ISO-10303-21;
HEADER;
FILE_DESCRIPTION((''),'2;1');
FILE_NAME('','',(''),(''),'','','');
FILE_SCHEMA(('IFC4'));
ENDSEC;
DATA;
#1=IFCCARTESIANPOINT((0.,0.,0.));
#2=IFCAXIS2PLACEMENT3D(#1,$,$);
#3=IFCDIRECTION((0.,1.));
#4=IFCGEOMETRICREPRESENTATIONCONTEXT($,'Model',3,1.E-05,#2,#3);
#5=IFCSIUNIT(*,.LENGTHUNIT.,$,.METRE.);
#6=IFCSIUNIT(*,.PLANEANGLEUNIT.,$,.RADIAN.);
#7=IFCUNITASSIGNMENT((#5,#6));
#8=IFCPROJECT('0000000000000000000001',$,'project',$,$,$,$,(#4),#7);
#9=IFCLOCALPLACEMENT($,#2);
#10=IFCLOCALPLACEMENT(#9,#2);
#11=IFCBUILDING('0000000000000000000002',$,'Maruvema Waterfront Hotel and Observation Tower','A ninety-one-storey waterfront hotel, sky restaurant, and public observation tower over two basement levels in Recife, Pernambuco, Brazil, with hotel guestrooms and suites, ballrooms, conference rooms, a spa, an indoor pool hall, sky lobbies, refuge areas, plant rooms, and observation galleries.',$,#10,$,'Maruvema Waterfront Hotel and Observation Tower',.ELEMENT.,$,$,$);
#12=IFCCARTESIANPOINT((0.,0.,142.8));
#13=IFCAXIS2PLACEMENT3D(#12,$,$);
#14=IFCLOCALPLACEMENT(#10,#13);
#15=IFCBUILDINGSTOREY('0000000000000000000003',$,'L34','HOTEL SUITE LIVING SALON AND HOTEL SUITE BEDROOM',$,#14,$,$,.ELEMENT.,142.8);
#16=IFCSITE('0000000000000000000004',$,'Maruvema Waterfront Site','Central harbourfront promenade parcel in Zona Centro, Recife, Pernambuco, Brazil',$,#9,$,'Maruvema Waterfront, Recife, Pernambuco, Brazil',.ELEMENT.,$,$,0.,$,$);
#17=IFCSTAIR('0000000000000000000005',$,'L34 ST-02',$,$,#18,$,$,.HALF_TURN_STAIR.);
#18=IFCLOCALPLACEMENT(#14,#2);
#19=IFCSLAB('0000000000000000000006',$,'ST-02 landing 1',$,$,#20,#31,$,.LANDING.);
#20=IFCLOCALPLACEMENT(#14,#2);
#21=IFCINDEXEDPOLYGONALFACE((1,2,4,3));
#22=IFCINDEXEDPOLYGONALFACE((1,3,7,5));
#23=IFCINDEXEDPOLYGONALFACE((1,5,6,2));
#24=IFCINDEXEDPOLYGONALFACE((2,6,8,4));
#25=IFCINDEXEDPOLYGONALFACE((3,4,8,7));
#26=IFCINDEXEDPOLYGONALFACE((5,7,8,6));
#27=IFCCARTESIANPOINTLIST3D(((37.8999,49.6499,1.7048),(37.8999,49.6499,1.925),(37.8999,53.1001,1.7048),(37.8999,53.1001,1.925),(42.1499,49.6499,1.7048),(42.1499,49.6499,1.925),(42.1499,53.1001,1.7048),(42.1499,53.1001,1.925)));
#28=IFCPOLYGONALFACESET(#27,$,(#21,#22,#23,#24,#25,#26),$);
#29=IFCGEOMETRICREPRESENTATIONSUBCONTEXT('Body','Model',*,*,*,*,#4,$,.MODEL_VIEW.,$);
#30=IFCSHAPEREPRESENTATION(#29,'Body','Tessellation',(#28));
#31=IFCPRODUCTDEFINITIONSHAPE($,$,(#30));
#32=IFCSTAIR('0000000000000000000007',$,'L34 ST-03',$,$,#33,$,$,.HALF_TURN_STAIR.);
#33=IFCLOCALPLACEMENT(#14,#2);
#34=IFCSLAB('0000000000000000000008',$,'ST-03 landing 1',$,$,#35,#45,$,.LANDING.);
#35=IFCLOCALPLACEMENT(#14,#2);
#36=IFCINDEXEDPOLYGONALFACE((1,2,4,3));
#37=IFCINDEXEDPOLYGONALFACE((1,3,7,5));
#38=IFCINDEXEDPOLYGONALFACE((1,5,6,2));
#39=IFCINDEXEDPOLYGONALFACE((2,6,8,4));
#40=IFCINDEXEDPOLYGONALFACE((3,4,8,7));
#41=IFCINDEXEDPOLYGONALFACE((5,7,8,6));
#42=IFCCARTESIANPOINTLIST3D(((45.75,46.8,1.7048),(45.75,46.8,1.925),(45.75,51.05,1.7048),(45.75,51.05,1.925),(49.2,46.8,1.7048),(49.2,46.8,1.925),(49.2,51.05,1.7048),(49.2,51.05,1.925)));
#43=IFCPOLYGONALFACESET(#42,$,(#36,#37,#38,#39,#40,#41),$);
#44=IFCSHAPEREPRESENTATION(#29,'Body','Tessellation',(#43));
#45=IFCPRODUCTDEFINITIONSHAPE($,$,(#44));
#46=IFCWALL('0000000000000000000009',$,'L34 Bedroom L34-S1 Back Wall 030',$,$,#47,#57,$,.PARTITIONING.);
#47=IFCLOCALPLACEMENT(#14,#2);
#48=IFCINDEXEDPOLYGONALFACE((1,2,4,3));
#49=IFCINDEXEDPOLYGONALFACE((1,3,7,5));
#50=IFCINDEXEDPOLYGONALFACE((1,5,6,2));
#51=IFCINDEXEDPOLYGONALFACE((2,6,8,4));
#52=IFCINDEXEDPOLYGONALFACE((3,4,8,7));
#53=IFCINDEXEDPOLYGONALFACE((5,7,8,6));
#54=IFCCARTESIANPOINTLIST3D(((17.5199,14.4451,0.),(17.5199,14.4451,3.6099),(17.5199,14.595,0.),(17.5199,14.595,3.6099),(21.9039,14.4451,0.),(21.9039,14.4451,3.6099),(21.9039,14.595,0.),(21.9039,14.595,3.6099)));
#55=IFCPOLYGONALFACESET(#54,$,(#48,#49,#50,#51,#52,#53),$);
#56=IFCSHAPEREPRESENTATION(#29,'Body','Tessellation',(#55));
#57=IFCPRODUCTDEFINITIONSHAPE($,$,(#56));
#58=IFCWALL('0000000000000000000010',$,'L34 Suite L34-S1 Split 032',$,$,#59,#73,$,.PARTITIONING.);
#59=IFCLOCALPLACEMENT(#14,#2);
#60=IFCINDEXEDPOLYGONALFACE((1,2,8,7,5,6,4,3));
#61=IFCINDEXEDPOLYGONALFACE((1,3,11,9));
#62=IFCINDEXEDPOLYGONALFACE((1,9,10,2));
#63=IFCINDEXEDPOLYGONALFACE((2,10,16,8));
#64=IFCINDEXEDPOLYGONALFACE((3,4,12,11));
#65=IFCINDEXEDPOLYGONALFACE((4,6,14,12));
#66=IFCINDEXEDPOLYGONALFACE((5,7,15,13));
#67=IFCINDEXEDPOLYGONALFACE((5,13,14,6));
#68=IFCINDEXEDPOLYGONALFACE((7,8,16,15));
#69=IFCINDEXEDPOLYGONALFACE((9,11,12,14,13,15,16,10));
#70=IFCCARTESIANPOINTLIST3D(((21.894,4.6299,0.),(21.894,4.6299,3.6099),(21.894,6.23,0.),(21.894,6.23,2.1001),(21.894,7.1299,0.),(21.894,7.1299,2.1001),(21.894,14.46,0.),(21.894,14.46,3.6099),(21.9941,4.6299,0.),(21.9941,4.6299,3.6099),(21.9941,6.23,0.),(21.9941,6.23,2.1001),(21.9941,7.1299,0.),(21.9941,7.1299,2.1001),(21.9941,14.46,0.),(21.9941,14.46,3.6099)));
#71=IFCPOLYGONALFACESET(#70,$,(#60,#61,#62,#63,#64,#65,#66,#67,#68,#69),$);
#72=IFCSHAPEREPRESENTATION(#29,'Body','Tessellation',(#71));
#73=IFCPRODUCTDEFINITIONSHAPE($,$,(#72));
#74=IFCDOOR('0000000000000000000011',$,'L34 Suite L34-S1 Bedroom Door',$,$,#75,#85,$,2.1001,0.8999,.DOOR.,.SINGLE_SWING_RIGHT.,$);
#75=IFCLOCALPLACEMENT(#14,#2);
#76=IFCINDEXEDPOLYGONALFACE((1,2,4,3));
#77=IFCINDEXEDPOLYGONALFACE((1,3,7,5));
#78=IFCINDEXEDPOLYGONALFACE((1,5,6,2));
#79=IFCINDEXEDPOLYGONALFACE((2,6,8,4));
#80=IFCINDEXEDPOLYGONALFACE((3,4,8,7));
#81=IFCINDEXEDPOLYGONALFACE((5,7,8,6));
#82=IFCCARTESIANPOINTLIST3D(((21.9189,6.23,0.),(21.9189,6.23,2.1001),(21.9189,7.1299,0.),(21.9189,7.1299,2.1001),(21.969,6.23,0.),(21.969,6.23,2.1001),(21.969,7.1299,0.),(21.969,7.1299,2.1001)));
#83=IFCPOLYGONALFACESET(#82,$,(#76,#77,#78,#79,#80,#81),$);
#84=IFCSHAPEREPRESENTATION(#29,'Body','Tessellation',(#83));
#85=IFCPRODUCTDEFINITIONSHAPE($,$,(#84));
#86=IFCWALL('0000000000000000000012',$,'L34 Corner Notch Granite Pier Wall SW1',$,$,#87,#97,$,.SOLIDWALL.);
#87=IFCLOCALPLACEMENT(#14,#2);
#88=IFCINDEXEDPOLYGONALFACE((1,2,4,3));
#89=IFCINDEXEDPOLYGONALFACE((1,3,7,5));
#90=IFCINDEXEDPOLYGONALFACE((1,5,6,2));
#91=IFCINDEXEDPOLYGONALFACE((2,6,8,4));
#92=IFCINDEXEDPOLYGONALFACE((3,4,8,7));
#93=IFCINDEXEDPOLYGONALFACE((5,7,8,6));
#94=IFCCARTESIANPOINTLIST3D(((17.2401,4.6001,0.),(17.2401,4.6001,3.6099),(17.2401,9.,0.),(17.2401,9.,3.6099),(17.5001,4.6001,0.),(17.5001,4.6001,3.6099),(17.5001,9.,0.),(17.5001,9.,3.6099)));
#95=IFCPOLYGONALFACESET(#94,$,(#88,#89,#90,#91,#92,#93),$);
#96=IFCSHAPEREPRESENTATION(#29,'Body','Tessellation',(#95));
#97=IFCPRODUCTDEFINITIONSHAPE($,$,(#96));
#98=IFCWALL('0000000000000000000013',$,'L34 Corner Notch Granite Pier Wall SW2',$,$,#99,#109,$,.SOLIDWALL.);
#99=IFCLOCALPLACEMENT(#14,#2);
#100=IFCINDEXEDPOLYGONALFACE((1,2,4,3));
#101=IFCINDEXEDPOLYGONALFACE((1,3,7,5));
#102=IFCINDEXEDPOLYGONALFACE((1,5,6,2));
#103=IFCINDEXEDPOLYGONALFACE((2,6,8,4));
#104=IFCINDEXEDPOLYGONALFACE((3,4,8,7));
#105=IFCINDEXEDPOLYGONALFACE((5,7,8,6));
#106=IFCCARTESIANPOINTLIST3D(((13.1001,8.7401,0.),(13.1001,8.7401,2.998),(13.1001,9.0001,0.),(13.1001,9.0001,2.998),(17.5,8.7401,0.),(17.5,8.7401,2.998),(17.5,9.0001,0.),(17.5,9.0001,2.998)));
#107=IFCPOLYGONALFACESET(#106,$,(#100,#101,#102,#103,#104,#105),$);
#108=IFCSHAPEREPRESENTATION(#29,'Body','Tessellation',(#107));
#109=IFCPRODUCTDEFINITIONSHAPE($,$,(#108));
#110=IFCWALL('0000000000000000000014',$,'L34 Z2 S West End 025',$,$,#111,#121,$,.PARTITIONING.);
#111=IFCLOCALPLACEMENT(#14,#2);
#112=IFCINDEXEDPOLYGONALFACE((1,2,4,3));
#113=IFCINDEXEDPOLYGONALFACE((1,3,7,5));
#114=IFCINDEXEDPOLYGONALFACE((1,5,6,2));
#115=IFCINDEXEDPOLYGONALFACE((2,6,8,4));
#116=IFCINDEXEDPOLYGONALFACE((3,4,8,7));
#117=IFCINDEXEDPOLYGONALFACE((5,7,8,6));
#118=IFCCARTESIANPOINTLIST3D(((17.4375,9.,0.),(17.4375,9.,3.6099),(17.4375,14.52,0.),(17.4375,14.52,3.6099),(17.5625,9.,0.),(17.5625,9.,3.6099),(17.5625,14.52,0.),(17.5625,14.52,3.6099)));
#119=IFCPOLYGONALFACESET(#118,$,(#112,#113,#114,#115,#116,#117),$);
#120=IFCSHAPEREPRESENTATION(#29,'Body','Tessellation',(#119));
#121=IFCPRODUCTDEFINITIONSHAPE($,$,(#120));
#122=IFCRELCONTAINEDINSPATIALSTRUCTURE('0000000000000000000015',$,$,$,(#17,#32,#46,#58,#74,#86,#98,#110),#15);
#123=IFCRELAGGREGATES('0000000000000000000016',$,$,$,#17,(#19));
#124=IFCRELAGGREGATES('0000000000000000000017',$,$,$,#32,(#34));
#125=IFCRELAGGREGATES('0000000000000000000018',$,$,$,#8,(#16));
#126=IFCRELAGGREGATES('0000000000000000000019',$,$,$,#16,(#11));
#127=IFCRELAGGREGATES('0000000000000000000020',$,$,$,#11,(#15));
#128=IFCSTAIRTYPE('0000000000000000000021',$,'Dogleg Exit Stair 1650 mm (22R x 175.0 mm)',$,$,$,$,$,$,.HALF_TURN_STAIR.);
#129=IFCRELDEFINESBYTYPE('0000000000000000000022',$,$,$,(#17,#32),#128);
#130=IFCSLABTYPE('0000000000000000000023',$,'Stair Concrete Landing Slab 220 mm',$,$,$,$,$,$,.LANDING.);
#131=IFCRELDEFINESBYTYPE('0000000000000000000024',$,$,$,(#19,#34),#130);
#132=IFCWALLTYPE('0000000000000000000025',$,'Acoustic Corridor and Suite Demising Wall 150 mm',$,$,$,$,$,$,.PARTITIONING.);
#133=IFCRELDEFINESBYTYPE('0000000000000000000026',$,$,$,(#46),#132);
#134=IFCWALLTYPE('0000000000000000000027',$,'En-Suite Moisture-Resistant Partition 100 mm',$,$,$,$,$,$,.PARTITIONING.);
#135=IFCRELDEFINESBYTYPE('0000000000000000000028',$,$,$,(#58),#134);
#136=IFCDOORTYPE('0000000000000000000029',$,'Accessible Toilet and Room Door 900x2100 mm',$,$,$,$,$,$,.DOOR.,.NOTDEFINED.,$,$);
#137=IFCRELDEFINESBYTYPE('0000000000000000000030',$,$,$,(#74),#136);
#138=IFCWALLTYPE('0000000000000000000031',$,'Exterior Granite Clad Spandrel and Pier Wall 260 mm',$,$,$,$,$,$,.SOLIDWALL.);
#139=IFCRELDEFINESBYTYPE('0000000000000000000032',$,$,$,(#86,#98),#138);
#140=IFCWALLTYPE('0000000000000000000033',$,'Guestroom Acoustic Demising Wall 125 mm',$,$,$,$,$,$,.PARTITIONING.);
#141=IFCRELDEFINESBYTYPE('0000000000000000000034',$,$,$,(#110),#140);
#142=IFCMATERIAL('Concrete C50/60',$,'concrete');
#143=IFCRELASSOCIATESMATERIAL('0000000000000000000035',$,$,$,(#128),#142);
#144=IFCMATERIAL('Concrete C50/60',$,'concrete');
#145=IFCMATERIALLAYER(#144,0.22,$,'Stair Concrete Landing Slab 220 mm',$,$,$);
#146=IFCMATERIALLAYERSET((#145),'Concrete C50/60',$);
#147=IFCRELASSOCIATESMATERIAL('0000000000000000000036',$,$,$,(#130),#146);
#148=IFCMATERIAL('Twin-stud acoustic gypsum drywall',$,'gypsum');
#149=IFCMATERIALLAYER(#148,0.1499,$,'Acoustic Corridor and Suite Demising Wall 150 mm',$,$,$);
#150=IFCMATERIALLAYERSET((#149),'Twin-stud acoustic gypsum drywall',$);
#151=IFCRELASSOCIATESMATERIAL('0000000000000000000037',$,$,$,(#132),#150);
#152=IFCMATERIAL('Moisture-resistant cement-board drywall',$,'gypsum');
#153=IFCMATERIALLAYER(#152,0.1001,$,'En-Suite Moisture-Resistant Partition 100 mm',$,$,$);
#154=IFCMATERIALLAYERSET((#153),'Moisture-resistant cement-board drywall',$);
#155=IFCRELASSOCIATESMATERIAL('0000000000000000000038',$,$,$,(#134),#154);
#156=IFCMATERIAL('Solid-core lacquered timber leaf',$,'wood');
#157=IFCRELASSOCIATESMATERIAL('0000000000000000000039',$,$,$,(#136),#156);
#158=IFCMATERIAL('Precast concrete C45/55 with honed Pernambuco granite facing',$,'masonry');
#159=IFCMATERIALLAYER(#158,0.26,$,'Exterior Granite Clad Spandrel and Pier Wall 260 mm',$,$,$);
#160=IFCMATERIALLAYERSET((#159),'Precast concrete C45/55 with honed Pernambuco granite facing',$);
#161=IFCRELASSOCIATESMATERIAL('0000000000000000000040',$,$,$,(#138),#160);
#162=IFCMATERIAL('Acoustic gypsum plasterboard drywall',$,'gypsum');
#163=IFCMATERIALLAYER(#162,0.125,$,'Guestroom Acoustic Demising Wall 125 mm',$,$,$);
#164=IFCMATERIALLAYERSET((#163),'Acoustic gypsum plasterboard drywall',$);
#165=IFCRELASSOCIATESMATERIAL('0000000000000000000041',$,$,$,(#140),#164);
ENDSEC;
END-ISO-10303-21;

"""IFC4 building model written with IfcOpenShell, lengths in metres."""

from ifc_helpers import new_model, si_unit, direction, frame, frame_2d, origin, place, context, subcontext, project, spatial, polyline, rectangle, outline, extrude, material, layer, layer_set, type_object, element, fill, aggregate, save


model = new_model("IFC4")

# Units and contexts
model_context = context("Model", 3, precision=1e-05, world=origin(), true_north=direction((0.0, 1.0)))
body_context = subcontext(model_context, "Body", "Model", "MODEL_VIEW")
ifc_project = project(units=[si_unit("LENGTHUNIT", "METRE"), si_unit("PLANEANGLEUNIT", "RADIAN")], contexts=[model_context])

# Site, building, storey
site_placement = place(None, origin())
site = spatial("IfcSite", under=ifc_project, at=site_placement, Name="Maruvema Waterfront Site", Description="Central harbourfront promenade parcel in Zona Centro, Recife, Pernambuco, Brazil", LongName="Maruvema Waterfront, Recife, Pernambuco, Brazil", CompositionType="ELEMENT", RefElevation=0.0)
building_placement = place(site_placement, origin())
building = spatial("IfcBuilding", under=site, at=building_placement, Name="Maruvema Waterfront Hotel and Observation Tower", Description="A ninety-one-storey waterfront hotel, sky restaurant, and public observation tower over two basement levels in Recife, Pernambuco, Brazil, with hotel guestrooms and suites, ballrooms, conference rooms, a spa, an indoor pool hall, sky lobbies, refuge areas, plant rooms, and observation galleries.", LongName="Maruvema Waterfront Hotel and Observation Tower", CompositionType="ELEMENT")
storey_placement = place(building_placement, frame((0.0, 0.0, 142.8)))
storey = spatial("IfcBuildingStorey", under=building, at=storey_placement, Name="L34", Description="HOTEL SUITE LIVING SALON AND HOTEL SUITE BEDROOM", CompositionType="ELEMENT", Elevation=142.8)

# Stairs, slabs
ifc_material_1 = material(Name="Concrete C50/60", Category="concrete")
stair_type = type_object("IfcStairType", Name="Dogleg Exit Stair 1650 mm (22R x 175.0 mm)", PredefinedType="HALF_TURN_STAIR", material=ifc_material_1)
ifc_material_2 = material(Name="Concrete C50/60", Category="concrete")
ifc_layer_1 = layer(ifc_material_2, 0.22, Name="Stair Concrete Landing Slab 220 mm")
ifc_layer_set_1 = layer_set([ifc_layer_1], Name="Concrete C50/60")
slab_type_1 = type_object("IfcSlabType", Name="Stair Concrete Landing Slab 220 mm", PredefinedType="LANDING", material=ifc_layer_set_1)
stair_1_placement = place(storey_placement, origin())
stair_1 = element("IfcStair", 1, at=stair_1_placement, inside=storey, type_object=stair_type, Name="L34 ST-02", PredefinedType="HALF_TURN_STAIR")
slab_1_placement = place(storey_placement, frame((0.0, 0.0, 1.7048)))
slab_1 = element("IfcSlab", 2, at=slab_1_placement, type_object=slab_type_1, Name="ST-02 landing 1", PredefinedType="LANDING", context=body_context, shape_type="SweptSolid", body=[
    extrude(outline(polyline([(37.8999, 49.6499), (42.1499, 49.6499), (42.1499, 53.1001), (37.8999, 53.1001), (37.8999, 49.6499)])), origin(), (0.0, 0.0, 1.0), 0.2202),
])
aggregate(stair_1, [slab_1])
stair_2_placement = place(storey_placement, origin())
stair_2 = element("IfcStair", 3, at=stair_2_placement, inside=storey, type_object=stair_type, Name="L34 ST-03", PredefinedType="HALF_TURN_STAIR")
slab_2_placement = place(storey_placement, frame((0.0, 0.0, 1.7048)))
slab_2 = element("IfcSlab", 4, at=slab_2_placement, type_object=slab_type_1, Name="ST-03 landing 1", PredefinedType="LANDING", context=body_context, shape_type="SweptSolid", body=[
    extrude(outline(polyline([(49.2, 46.8), (49.2, 51.05), (45.75, 51.05), (45.75, 46.8), (49.2, 46.8)])), origin(), (0.0, 0.0, 1.0), 0.2202),
])
aggregate(stair_2, [slab_2])

# Wall
ifc_material_3 = material(Name="Twin-stud acoustic gypsum drywall", Category="gypsum")
ifc_layer_2 = layer(ifc_material_3, 0.1499, Name="Acoustic Corridor and Suite Demising Wall 150 mm")
ifc_layer_set_2 = layer_set([ifc_layer_2], Name="Twin-stud acoustic gypsum drywall")
wall_type_1 = type_object("IfcWallType", Name="Acoustic Corridor and Suite Demising Wall 150 mm", PredefinedType="PARTITIONING", material=ifc_layer_set_2)
wall_1_placement = place(storey_placement, frame((17.52, 14.52, 0.0), z_axis=(0.0, 0.0, 1.0), x_axis=(1.0, 0.0, 0.0)))
element("IfcWall", 5, at=wall_1_placement, inside=storey, type_object=wall_type_1, Name="L34 Bedroom L34-S1 Back Wall 030", PredefinedType="PARTITIONING", context=body_context, shape_type="SweptSolid", body=[
    extrude(rectangle(XDim=4.384, YDim=0.1499, at=frame_2d((2.1919, 0.0))), origin(), (0.0, 0.0, 1.0), 3.6099),
])

# Wall, opening, door
ifc_material_4 = material(Name="Moisture-resistant cement-board drywall", Category="gypsum")
ifc_layer_3 = layer(ifc_material_4, 0.1001, Name="En-Suite Moisture-Resistant Partition 100 mm")
ifc_layer_set_3 = layer_set([ifc_layer_3], Name="Moisture-resistant cement-board drywall")
wall_type_2 = type_object("IfcWallType", Name="En-Suite Moisture-Resistant Partition 100 mm", PredefinedType="PARTITIONING", material=ifc_layer_set_3)
wall_2_placement = place(storey_placement, frame((21.9441, 4.6299, 0.0), z_axis=(0.0, 0.0, 1.0), x_axis=(0.0, 1.0, 0.0)))
wall_2 = element("IfcWall", 6, at=wall_2_placement, inside=storey, type_object=wall_type_2, Name="L34 Suite L34-S1 Split 032", PredefinedType="PARTITIONING", context=body_context, shape_type="SweptSolid", body=[
    extrude(rectangle(XDim=9.8301, YDim=0.1001, at=frame_2d((4.915, 0.0))), origin(), (0.0, 0.0, 1.0), 3.6099),
])
opening_1_placement = place(wall_2_placement, frame((1.6001, 0.0, 0.0)))
opening_1 = element("IfcOpeningElement", 7, at=opening_1_placement, cuts=wall_2, PredefinedType="OPENING", context=body_context, shape_type="SweptSolid", body=[
    extrude(rectangle(XDim=0.8999, YDim=2.1001, at=frame_2d((0.45, 1.05))), frame((0.0, 0.0601, 0.0), z_axis=(0.0, -1.0, 0.0), x_axis=(1.0, 0.0, 0.0)), (0.0, 0.0, 1.0), 0.1201),
])
ifc_material_5 = material(Name="Solid-core lacquered timber leaf", Category="wood")
door_type_1 = type_object("IfcDoorType", Name="Accessible Toilet and Room Door 900x2100 mm", OperationType="NOTDEFINED", PredefinedType="DOOR", material=ifc_material_5)
door_1_placement = place(opening_1_placement, frame((0.8999, 0.0, 0.0), z_axis=(0.0, 0.0, 1.0), x_axis=(-1.0, 0.0, 0.0)))
door_1 = element("IfcDoor", 8, at=door_1_placement, inside=storey, type_object=door_type_1, Name="L34 Suite L34-S1 Bedroom Door", OperationType="SINGLE_SWING_RIGHT", OverallHeight=2.1001, OverallWidth=0.8999, PredefinedType="DOOR", context=body_context, shape_type="SweptSolid", body=[
    extrude(rectangle(XDim=0.8999, YDim=2.1001, at=frame_2d((0.45, 1.05))), frame((0.0, 0.0249, 0.0), z_axis=(0.0, -1.0, 0.0), x_axis=(1.0, 0.0, 0.0)), (0.0, 0.0, 1.0), 0.05),
])
fill(opening_1, door_1)

# Walls
ifc_material_6 = material(Name="Precast concrete C45/55 with honed Pernambuco granite facing", Category="masonry")
ifc_layer_4 = layer(ifc_material_6, 0.26, Name="Exterior Granite Clad Spandrel and Pier Wall 260 mm")
ifc_layer_set_4 = layer_set([ifc_layer_4], Name="Precast concrete C45/55 with honed Pernambuco granite facing")
wall_type_3 = type_object("IfcWallType", Name="Exterior Granite Clad Spandrel and Pier Wall 260 mm", PredefinedType="SOLIDWALL", material=ifc_layer_set_4)
wall_3_placement = place(storey_placement, frame((17.3701, 4.6001, 0.0), z_axis=(0.0, 0.0, 1.0), x_axis=(0.0, 1.0, 0.0)))
element("IfcWall", 9, at=wall_3_placement, inside=storey, type_object=wall_type_3, Name="L34 Corner Notch Granite Pier Wall SW1", PredefinedType="SOLIDWALL", context=body_context, shape_type="SweptSolid", body=[
    extrude(rectangle(XDim=4.3999, YDim=0.26, at=frame_2d((2.2, 0.0))), origin(), (0.0, 0.0, 1.0), 3.6099),
])
wall_4_placement = place(storey_placement, frame((17.5, 8.8701, 0.0), z_axis=(0.0, 0.0, 1.0), x_axis=(-1.0, 0.0, 0.0)))
element("IfcWall", 10, at=wall_4_placement, inside=storey, type_object=wall_type_3, Name="L34 Corner Notch Granite Pier Wall SW2", PredefinedType="SOLIDWALL", context=body_context, shape_type="SweptSolid", body=[
    extrude(rectangle(XDim=4.3999, YDim=0.26, at=frame_2d((2.2, 0.0))), origin(), (0.0, 0.0, 1.0), 2.998),
])
ifc_material_7 = material(Name="Acoustic gypsum plasterboard drywall", Category="gypsum")
ifc_layer_5 = layer(ifc_material_7, 0.125, Name="Guestroom Acoustic Demising Wall 125 mm")
ifc_layer_set_5 = layer_set([ifc_layer_5], Name="Acoustic gypsum plasterboard drywall")
wall_type_4 = type_object("IfcWallType", Name="Guestroom Acoustic Demising Wall 125 mm", PredefinedType="PARTITIONING", material=ifc_layer_set_5)
wall_5_placement = place(storey_placement, frame((17.5, 9.0, 0.0), z_axis=(0.0, 0.0, 1.0), x_axis=(0.0, 1.0, 0.0)))
element("IfcWall", 11, at=wall_5_placement, inside=storey, type_object=wall_type_4, Name="L34 Z2 S West End 025", PredefinedType="PARTITIONING", context=body_context, shape_type="SweptSolid", body=[
    extrude(rectangle(XDim=5.52, YDim=0.125, at=frame_2d((2.76, 0.0))), origin(), (0.0, 0.0, 1.0), 3.6099),
])

save(model, "model.ifc")
